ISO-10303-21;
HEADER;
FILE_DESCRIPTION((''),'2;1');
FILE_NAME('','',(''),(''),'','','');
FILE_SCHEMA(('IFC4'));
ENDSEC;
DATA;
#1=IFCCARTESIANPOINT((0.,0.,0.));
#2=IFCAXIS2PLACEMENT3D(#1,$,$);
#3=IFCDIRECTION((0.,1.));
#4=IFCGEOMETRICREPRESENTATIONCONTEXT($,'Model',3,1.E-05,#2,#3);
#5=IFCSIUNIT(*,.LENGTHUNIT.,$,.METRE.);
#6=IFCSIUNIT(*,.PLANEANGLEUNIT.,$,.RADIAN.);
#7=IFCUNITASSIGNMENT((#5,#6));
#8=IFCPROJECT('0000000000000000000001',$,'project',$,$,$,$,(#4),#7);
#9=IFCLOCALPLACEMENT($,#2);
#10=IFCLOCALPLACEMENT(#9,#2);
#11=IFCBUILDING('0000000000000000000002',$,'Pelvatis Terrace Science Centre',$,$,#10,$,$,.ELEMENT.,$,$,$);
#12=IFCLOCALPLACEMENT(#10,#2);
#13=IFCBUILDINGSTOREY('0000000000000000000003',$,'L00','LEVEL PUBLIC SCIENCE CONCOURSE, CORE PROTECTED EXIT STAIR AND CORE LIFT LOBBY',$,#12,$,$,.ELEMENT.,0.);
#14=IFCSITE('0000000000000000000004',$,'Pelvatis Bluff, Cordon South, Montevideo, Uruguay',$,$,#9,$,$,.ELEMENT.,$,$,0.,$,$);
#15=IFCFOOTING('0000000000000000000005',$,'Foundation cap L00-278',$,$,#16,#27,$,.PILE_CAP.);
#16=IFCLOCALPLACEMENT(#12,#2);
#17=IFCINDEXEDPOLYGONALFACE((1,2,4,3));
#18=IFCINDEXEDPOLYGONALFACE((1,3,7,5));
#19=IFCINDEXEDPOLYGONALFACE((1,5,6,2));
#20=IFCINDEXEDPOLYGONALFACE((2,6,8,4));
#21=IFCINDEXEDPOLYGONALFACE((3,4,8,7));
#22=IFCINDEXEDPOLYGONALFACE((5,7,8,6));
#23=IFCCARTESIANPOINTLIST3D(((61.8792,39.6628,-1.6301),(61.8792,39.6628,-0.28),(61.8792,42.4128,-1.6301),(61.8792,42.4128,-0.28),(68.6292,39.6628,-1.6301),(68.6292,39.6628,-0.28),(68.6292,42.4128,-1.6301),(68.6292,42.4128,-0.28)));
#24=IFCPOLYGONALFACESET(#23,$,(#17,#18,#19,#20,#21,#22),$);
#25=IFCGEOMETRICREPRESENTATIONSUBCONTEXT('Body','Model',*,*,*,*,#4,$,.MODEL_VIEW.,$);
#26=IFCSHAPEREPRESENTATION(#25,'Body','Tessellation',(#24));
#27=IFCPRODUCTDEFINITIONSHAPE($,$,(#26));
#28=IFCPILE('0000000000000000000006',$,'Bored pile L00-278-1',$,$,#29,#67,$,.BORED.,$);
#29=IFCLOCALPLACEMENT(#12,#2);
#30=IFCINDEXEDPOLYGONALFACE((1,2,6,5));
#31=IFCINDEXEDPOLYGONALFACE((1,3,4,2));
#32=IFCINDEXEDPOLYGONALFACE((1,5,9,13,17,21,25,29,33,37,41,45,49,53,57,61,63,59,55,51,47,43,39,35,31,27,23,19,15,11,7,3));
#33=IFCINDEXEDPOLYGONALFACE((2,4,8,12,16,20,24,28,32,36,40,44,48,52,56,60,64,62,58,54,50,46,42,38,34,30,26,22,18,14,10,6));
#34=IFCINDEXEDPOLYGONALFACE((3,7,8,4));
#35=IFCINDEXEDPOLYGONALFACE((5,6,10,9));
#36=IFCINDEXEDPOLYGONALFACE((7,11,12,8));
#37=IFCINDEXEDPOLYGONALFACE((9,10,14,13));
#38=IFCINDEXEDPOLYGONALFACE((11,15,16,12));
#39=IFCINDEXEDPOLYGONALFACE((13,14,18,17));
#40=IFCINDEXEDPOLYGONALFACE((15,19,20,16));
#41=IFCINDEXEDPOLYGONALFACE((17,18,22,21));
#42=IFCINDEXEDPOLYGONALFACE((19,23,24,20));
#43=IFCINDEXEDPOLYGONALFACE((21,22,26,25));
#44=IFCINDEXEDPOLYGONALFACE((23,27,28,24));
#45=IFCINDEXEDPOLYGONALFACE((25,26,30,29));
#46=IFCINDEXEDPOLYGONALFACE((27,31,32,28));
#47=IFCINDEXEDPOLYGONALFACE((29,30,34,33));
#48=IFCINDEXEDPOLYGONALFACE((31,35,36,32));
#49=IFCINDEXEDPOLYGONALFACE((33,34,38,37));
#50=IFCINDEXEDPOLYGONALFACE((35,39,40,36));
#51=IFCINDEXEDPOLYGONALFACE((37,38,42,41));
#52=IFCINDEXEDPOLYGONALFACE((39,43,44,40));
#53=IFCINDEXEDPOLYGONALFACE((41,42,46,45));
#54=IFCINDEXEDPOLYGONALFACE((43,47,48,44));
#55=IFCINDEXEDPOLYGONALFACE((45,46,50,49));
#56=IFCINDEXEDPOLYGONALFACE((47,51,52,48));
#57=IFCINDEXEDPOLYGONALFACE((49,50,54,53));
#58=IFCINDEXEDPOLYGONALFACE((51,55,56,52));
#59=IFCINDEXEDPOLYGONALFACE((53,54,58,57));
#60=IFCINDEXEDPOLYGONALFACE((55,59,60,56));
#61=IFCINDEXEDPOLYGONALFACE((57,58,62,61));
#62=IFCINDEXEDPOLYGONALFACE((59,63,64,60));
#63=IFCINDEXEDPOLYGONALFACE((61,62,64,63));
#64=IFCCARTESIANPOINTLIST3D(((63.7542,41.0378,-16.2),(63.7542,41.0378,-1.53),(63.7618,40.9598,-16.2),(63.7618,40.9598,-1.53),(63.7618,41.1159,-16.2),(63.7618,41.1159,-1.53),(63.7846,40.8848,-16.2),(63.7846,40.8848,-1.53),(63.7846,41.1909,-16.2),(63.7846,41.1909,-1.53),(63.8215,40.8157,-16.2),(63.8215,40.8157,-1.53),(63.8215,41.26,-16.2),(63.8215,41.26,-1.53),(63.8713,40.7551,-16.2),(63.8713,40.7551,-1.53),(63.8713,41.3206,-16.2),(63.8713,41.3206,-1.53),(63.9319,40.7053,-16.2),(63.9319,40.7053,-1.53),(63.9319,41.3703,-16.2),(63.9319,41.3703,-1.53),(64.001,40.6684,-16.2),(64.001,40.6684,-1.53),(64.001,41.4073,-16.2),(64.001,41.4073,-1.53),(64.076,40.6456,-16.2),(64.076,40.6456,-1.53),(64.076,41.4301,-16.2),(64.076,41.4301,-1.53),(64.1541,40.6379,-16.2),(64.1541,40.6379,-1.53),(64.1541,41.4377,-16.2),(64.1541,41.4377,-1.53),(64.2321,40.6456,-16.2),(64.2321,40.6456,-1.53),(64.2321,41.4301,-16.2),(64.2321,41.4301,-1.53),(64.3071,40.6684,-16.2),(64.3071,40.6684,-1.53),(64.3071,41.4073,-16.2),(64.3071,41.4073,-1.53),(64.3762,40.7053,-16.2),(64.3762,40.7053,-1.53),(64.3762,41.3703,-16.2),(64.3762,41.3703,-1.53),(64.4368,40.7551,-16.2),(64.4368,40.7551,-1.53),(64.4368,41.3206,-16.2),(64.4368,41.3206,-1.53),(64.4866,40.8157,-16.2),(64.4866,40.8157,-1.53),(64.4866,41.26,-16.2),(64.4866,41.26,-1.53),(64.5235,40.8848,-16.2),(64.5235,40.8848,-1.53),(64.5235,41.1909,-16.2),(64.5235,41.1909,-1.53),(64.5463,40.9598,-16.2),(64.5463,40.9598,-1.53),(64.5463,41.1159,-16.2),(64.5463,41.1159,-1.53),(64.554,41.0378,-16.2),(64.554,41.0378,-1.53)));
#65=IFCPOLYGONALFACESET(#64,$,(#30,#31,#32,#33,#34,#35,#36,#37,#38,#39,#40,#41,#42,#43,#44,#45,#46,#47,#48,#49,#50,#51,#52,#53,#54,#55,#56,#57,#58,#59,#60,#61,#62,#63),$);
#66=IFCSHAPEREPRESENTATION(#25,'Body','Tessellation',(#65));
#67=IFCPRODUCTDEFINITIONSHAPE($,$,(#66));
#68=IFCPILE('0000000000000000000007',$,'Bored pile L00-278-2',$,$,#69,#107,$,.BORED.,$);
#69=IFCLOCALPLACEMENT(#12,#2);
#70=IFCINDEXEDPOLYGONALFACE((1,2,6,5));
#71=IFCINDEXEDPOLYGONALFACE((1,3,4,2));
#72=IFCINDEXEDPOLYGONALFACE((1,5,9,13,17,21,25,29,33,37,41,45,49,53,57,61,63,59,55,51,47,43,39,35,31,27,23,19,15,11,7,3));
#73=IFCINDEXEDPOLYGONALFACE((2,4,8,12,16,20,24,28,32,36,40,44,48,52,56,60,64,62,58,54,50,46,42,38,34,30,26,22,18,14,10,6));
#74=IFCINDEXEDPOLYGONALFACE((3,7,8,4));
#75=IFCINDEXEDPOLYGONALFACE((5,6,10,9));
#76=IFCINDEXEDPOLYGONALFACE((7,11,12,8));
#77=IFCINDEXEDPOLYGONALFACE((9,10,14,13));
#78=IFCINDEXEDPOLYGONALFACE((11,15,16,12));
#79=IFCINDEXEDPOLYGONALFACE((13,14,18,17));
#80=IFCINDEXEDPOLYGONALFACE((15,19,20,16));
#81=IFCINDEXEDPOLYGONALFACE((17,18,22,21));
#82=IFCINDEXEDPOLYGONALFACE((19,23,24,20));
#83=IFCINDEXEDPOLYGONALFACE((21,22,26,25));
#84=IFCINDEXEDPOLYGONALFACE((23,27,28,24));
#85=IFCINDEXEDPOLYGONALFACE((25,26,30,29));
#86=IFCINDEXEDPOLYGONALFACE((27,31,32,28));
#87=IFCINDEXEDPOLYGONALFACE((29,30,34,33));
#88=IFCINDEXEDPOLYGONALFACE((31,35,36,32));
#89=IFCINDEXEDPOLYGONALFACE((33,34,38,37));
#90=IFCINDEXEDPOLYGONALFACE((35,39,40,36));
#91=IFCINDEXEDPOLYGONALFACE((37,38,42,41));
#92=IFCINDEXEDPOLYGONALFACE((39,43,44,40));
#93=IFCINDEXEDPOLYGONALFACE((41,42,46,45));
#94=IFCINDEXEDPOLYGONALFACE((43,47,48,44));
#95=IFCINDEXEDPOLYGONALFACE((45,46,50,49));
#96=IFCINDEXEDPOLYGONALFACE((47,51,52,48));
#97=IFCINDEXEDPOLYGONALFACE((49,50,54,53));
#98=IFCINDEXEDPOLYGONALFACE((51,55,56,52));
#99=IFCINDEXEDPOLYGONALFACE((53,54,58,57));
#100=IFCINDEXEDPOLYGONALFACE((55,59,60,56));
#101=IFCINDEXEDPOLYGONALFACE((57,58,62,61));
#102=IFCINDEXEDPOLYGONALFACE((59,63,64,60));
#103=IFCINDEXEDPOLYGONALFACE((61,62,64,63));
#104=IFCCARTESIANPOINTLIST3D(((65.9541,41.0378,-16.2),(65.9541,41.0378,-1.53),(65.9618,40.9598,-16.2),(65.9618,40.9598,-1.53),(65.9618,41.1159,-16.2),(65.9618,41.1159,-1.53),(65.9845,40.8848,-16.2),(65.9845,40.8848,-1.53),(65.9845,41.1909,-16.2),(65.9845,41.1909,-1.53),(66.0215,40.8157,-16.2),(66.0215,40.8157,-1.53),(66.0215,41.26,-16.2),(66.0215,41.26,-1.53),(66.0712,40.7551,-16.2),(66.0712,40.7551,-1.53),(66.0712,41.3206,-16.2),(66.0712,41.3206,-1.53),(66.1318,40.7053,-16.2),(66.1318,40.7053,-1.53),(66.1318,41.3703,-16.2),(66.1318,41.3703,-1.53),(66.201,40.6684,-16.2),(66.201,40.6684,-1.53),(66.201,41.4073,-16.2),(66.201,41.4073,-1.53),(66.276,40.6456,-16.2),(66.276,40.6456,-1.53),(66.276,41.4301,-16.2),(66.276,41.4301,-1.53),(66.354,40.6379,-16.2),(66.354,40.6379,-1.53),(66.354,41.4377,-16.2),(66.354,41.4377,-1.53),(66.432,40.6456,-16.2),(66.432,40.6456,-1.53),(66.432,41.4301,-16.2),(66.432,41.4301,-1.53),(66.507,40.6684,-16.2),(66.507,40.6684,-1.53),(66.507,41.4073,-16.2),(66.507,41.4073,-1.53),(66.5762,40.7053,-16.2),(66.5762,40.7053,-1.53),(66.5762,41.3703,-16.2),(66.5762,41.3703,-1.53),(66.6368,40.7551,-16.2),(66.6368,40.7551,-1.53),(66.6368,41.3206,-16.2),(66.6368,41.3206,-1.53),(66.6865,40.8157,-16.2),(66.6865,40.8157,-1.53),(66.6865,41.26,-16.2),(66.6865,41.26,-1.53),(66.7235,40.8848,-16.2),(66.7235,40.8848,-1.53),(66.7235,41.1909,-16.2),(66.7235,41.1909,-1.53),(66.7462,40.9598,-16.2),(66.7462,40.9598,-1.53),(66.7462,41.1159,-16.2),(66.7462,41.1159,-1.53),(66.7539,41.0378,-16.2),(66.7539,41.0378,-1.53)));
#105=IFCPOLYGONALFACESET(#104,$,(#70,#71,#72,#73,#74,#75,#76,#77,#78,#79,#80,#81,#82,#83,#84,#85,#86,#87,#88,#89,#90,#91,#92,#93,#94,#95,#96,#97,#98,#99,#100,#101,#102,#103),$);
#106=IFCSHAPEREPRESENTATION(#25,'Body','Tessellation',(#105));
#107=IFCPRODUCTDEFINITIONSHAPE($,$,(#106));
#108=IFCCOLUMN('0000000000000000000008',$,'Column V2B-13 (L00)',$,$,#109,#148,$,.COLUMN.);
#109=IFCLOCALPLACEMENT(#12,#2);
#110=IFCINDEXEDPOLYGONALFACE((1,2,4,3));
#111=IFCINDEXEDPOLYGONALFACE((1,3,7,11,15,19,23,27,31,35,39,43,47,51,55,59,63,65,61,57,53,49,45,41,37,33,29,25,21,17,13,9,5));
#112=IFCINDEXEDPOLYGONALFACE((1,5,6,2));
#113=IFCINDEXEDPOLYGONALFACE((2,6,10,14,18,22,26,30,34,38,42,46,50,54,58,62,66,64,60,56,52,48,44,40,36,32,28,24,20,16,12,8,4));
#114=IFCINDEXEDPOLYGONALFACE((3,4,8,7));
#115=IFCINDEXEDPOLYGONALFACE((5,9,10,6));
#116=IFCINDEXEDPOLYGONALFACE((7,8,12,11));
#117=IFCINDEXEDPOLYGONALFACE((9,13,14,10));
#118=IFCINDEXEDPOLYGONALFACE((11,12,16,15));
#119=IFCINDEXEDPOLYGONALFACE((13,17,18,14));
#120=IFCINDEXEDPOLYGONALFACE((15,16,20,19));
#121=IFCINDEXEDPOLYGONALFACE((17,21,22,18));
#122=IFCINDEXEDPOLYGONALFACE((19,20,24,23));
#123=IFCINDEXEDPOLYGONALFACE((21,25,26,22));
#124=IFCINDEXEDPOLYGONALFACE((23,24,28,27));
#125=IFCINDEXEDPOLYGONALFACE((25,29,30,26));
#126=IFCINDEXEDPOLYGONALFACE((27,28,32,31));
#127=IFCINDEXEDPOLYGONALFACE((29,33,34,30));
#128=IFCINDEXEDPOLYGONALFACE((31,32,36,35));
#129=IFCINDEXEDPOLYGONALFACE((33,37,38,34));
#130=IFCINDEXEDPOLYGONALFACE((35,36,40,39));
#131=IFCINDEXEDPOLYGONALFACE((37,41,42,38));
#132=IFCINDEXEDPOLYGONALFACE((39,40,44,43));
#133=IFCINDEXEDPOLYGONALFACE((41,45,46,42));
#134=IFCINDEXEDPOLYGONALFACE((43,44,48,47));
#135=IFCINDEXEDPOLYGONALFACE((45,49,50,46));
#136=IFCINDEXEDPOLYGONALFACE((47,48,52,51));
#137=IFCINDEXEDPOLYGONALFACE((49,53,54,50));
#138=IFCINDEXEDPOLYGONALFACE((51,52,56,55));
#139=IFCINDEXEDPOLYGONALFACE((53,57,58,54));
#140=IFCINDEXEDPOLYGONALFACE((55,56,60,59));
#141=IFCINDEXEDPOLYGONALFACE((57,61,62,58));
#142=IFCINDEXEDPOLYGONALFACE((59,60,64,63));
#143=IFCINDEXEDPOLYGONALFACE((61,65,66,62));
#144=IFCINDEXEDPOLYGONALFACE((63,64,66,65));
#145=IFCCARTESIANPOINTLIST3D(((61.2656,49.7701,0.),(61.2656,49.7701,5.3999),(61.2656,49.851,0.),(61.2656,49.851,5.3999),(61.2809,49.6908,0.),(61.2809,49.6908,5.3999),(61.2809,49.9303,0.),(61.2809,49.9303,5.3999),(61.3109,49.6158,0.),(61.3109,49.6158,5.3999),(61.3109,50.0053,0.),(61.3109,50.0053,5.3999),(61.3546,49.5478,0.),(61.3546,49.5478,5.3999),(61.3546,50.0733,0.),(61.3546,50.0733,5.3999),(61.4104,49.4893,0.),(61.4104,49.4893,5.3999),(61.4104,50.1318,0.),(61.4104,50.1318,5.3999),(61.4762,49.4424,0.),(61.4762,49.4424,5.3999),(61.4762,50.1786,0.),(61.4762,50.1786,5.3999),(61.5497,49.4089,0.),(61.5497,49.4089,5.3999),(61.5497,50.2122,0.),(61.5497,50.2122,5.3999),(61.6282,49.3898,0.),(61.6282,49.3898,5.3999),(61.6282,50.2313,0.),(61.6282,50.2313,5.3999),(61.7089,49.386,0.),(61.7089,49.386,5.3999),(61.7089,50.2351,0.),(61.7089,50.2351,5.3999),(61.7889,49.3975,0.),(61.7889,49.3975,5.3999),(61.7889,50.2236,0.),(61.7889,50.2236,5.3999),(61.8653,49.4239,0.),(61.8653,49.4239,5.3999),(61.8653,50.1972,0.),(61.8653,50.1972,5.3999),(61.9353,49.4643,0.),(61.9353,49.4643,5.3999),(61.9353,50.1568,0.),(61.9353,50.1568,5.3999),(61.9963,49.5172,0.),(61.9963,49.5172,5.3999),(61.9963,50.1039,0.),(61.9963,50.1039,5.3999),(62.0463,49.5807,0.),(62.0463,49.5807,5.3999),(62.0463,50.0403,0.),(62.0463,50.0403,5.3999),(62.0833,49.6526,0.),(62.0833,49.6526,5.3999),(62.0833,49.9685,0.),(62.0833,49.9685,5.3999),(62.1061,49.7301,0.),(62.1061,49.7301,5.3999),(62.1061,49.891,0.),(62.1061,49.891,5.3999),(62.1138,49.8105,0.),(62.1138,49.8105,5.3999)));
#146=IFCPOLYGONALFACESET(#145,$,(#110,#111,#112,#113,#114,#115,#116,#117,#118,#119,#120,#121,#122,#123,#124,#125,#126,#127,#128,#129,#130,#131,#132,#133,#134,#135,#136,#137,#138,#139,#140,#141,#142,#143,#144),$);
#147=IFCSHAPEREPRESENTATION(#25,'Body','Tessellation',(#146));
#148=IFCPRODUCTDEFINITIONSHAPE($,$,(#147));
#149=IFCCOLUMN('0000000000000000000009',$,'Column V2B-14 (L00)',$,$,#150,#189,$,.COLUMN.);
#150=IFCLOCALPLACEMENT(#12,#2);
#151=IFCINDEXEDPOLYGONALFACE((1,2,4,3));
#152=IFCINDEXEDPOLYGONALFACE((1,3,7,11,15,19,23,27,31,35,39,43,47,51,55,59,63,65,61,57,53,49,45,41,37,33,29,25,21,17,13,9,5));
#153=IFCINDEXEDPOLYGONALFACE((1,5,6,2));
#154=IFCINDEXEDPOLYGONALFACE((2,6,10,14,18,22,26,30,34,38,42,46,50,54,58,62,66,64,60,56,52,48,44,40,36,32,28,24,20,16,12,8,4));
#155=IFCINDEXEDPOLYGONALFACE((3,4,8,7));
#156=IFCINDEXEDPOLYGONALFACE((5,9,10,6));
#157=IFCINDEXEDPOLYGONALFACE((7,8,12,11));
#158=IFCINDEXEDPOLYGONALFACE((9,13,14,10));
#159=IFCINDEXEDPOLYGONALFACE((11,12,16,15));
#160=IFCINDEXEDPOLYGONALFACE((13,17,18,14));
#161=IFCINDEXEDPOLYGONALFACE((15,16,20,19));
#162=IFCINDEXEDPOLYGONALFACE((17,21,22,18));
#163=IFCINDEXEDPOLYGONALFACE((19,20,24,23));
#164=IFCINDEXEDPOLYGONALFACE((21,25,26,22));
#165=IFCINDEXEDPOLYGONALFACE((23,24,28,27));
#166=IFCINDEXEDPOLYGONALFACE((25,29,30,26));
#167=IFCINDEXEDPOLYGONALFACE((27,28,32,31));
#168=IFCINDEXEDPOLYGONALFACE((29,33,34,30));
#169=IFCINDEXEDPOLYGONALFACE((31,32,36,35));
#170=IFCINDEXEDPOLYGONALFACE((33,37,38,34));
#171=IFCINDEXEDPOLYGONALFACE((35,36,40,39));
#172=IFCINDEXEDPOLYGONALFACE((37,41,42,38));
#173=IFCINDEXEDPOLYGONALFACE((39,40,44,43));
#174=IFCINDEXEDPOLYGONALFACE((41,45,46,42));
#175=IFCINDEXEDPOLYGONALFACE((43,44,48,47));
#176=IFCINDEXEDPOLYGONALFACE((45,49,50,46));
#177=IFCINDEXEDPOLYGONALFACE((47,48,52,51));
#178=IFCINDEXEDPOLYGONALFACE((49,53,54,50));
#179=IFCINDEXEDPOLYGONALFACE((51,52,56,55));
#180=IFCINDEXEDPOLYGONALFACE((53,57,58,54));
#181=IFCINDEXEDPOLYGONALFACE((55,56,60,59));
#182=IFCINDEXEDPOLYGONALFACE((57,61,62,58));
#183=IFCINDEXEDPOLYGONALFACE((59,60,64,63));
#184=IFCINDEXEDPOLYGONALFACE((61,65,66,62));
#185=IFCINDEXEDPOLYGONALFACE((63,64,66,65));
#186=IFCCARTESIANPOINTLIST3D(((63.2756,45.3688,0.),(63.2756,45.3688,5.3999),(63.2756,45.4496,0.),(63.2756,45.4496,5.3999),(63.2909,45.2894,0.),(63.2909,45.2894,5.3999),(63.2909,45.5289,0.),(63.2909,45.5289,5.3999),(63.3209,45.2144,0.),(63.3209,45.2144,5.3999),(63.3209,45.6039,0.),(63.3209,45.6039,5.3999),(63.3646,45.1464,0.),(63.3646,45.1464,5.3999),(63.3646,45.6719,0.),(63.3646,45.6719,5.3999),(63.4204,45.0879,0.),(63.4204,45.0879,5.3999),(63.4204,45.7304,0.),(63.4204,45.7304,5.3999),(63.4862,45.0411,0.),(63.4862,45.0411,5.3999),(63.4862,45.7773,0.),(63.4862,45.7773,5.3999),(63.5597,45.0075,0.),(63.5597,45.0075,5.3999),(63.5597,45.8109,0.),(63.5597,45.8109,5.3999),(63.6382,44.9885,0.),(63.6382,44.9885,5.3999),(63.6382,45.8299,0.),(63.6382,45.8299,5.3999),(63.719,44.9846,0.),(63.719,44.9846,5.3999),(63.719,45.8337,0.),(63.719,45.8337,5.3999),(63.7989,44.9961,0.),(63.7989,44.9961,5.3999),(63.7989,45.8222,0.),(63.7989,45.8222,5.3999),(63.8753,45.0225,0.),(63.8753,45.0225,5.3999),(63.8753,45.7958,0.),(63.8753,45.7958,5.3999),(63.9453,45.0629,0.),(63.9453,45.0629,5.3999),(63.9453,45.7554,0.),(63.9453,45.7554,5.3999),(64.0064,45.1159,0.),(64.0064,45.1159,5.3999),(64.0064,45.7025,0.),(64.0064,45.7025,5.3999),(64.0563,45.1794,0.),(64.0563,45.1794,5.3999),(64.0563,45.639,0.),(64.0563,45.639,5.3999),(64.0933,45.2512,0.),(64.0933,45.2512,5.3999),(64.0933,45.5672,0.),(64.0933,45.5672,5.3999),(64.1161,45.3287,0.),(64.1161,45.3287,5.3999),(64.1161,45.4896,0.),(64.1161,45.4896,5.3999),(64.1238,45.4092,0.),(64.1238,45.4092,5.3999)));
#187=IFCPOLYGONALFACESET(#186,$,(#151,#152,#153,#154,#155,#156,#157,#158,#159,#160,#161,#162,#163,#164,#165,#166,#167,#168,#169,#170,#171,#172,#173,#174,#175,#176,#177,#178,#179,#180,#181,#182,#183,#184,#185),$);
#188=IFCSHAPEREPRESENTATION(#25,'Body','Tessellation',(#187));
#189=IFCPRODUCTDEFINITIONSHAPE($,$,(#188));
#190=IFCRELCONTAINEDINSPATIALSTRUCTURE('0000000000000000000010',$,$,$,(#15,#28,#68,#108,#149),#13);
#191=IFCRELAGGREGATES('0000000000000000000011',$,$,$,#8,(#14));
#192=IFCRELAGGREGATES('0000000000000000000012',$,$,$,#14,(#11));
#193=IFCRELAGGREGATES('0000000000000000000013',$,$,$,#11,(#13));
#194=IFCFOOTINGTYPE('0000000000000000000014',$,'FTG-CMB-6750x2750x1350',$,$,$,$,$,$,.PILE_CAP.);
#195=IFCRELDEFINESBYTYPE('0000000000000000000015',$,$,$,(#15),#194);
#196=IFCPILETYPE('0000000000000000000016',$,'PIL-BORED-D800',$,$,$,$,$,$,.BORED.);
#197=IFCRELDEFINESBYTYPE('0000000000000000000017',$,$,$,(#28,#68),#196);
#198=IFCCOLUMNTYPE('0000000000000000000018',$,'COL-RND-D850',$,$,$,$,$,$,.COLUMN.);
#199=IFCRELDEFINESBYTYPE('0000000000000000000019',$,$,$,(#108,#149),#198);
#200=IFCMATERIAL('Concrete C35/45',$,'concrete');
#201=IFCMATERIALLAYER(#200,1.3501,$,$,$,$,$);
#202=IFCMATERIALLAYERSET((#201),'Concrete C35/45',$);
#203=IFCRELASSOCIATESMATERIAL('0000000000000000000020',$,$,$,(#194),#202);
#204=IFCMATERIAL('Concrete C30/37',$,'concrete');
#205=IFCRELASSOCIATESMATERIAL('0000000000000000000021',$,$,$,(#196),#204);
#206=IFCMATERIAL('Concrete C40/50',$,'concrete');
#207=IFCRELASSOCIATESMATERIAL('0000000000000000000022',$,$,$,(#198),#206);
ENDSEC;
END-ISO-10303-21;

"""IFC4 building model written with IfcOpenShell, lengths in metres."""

from ifc_helpers import new_model, si_unit, direction, frame, origin, origin_2d, place, context, subcontext, project, spatial, rectangle, circle, extrude, material, layer, layer_set, material_profile, profile_set, type_object, element, save


model = new_model("IFC4")

# Units and contexts
model_context = context("Model", 3, precision=1e-05, world=origin(), true_north=direction((0.0, 1.0)))
body_context = subcontext(model_context, "Body", "Model", "MODEL_VIEW")
ifc_project = project(units=[si_unit("LENGTHUNIT", "METRE"), si_unit("PLANEANGLEUNIT", "RADIAN")], contexts=[model_context])

# Site, building, storey
site_placement = place(None, origin())
site = spatial("IfcSite", under=ifc_project, at=site_placement, Name="Pelvatis Bluff, Cordon South, Montevideo, Uruguay", CompositionType="ELEMENT", RefElevation=0.0)
building_placement = place(site_placement, origin())
building = spatial("IfcBuilding", under=site, at=building_placement, Name="Pelvatis Terrace Science Centre", CompositionType="ELEMENT")
storey_placement = place(building_placement, origin())
storey = spatial("IfcBuildingStorey", under=building, at=storey_placement, Name="L00", Description="LEVEL PUBLIC SCIENCE CONCOURSE, CORE PROTECTED EXIT STAIR AND CORE LIFT LOBBY", CompositionType="ELEMENT", Elevation=0.0)

# Footing
ifc_material_1 = material(Name="Concrete C35/45", Category="concrete")
ifc_layer_1 = layer(ifc_material_1, 1.3501)
ifc_layer_set_1 = layer_set([ifc_layer_1], Name="Concrete C35/45")
footing_type = type_object("IfcFootingType", Name="FTG-CMB-6750x2750x1350", PredefinedType="PILE_CAP", material=ifc_layer_set_1)
footing_placement = place(storey_placement, frame((65.2542, 41.0378, -1.6301), z_axis=(0.0, 0.0, 1.0), x_axis=(1.0, 0.0, 0.0)))
element("IfcFooting", 1, at=footing_placement, inside=storey, type_object=footing_type, Name="Foundation cap L00-278", PredefinedType="PILE_CAP", context=body_context, shape_type="SweptSolid", body=[
    extrude(rectangle(XDim=6.75, YDim=2.75, at=origin_2d()), origin(), (0.0, 0.0, 1.0), 1.3501),
])

# Piles
ifc_material_2 = material(Name="Concrete C30/37", Category="concrete")
ifc_material_profile_1 = material_profile(ifc_material_2, circle(Radius=0.3999, at=origin_2d()), Name="PILE D800")
ifc_profile_set_1 = profile_set([ifc_material_profile_1], Name="Concrete C30/37")
pile_type = type_object("IfcPileType", Name="PIL-BORED-D800", PredefinedType="BORED", material=ifc_profile_set_1)
for number, where, z_axis, x_axis, name in (
    (2, (64.1541, 41.0378, -1.53), (0.0, 0.0, -1.0), (1.0, 0.0, 0.0), "Bored pile L00-278-1"),
    (3, (66.354, 41.0378, -1.53), (0.0, 0.0, -1.0), (1.0, 0.0, 0.0), "Bored pile L00-278-2"),
):
    element("IfcPile", number, at=place(storey_placement, frame(where, z_axis=z_axis, x_axis=x_axis)), inside=storey, type_object=pile_type, Name=name, PredefinedType="BORED", context=body_context, shape_type="SweptSolid", body=[
        extrude(circle(Radius=0.3999, at=origin_2d()), origin(), (0.0, 0.0, 1.0), 14.6699),
    ])

# Columns
ifc_material_3 = material(Name="Concrete C40/50", Category="concrete")
ifc_material_profile_2 = material_profile(ifc_material_3, circle(Radius=0.425, at=origin_2d()), Name="RC-RCOL D850")
ifc_profile_set_2 = profile_set([ifc_material_profile_2], Name="Concrete C40/50")
column_type = type_object("IfcColumnType", Name="COL-RND-D850", PredefinedType="COLUMN", material=ifc_profile_set_2)
for number, where, z_axis, x_axis, name in (
    (4, (61.6887, 49.8105, 0.0), (0.0, 0.0, 1.0), (1.0, 0.0, 0.0), "Column V2B-13 (L00)"),
    (5, (63.6987, 45.4092, 0.0), (0.0, 0.0, 1.0), (1.0, 0.0, 0.0), "Column V2B-14 (L00)"),
):
    element("IfcColumn", number, at=place(storey_placement, frame(where, z_axis=z_axis, x_axis=x_axis)), inside=storey, type_object=column_type, Name=name, PredefinedType="COLUMN", context=body_context, shape_type="SweptSolid", body=[
        extrude(circle(Radius=0.425, at=origin_2d()), origin(), (0.0, 0.0, 1.0), 5.3999),
    ])

save(model, "model.ifc")
